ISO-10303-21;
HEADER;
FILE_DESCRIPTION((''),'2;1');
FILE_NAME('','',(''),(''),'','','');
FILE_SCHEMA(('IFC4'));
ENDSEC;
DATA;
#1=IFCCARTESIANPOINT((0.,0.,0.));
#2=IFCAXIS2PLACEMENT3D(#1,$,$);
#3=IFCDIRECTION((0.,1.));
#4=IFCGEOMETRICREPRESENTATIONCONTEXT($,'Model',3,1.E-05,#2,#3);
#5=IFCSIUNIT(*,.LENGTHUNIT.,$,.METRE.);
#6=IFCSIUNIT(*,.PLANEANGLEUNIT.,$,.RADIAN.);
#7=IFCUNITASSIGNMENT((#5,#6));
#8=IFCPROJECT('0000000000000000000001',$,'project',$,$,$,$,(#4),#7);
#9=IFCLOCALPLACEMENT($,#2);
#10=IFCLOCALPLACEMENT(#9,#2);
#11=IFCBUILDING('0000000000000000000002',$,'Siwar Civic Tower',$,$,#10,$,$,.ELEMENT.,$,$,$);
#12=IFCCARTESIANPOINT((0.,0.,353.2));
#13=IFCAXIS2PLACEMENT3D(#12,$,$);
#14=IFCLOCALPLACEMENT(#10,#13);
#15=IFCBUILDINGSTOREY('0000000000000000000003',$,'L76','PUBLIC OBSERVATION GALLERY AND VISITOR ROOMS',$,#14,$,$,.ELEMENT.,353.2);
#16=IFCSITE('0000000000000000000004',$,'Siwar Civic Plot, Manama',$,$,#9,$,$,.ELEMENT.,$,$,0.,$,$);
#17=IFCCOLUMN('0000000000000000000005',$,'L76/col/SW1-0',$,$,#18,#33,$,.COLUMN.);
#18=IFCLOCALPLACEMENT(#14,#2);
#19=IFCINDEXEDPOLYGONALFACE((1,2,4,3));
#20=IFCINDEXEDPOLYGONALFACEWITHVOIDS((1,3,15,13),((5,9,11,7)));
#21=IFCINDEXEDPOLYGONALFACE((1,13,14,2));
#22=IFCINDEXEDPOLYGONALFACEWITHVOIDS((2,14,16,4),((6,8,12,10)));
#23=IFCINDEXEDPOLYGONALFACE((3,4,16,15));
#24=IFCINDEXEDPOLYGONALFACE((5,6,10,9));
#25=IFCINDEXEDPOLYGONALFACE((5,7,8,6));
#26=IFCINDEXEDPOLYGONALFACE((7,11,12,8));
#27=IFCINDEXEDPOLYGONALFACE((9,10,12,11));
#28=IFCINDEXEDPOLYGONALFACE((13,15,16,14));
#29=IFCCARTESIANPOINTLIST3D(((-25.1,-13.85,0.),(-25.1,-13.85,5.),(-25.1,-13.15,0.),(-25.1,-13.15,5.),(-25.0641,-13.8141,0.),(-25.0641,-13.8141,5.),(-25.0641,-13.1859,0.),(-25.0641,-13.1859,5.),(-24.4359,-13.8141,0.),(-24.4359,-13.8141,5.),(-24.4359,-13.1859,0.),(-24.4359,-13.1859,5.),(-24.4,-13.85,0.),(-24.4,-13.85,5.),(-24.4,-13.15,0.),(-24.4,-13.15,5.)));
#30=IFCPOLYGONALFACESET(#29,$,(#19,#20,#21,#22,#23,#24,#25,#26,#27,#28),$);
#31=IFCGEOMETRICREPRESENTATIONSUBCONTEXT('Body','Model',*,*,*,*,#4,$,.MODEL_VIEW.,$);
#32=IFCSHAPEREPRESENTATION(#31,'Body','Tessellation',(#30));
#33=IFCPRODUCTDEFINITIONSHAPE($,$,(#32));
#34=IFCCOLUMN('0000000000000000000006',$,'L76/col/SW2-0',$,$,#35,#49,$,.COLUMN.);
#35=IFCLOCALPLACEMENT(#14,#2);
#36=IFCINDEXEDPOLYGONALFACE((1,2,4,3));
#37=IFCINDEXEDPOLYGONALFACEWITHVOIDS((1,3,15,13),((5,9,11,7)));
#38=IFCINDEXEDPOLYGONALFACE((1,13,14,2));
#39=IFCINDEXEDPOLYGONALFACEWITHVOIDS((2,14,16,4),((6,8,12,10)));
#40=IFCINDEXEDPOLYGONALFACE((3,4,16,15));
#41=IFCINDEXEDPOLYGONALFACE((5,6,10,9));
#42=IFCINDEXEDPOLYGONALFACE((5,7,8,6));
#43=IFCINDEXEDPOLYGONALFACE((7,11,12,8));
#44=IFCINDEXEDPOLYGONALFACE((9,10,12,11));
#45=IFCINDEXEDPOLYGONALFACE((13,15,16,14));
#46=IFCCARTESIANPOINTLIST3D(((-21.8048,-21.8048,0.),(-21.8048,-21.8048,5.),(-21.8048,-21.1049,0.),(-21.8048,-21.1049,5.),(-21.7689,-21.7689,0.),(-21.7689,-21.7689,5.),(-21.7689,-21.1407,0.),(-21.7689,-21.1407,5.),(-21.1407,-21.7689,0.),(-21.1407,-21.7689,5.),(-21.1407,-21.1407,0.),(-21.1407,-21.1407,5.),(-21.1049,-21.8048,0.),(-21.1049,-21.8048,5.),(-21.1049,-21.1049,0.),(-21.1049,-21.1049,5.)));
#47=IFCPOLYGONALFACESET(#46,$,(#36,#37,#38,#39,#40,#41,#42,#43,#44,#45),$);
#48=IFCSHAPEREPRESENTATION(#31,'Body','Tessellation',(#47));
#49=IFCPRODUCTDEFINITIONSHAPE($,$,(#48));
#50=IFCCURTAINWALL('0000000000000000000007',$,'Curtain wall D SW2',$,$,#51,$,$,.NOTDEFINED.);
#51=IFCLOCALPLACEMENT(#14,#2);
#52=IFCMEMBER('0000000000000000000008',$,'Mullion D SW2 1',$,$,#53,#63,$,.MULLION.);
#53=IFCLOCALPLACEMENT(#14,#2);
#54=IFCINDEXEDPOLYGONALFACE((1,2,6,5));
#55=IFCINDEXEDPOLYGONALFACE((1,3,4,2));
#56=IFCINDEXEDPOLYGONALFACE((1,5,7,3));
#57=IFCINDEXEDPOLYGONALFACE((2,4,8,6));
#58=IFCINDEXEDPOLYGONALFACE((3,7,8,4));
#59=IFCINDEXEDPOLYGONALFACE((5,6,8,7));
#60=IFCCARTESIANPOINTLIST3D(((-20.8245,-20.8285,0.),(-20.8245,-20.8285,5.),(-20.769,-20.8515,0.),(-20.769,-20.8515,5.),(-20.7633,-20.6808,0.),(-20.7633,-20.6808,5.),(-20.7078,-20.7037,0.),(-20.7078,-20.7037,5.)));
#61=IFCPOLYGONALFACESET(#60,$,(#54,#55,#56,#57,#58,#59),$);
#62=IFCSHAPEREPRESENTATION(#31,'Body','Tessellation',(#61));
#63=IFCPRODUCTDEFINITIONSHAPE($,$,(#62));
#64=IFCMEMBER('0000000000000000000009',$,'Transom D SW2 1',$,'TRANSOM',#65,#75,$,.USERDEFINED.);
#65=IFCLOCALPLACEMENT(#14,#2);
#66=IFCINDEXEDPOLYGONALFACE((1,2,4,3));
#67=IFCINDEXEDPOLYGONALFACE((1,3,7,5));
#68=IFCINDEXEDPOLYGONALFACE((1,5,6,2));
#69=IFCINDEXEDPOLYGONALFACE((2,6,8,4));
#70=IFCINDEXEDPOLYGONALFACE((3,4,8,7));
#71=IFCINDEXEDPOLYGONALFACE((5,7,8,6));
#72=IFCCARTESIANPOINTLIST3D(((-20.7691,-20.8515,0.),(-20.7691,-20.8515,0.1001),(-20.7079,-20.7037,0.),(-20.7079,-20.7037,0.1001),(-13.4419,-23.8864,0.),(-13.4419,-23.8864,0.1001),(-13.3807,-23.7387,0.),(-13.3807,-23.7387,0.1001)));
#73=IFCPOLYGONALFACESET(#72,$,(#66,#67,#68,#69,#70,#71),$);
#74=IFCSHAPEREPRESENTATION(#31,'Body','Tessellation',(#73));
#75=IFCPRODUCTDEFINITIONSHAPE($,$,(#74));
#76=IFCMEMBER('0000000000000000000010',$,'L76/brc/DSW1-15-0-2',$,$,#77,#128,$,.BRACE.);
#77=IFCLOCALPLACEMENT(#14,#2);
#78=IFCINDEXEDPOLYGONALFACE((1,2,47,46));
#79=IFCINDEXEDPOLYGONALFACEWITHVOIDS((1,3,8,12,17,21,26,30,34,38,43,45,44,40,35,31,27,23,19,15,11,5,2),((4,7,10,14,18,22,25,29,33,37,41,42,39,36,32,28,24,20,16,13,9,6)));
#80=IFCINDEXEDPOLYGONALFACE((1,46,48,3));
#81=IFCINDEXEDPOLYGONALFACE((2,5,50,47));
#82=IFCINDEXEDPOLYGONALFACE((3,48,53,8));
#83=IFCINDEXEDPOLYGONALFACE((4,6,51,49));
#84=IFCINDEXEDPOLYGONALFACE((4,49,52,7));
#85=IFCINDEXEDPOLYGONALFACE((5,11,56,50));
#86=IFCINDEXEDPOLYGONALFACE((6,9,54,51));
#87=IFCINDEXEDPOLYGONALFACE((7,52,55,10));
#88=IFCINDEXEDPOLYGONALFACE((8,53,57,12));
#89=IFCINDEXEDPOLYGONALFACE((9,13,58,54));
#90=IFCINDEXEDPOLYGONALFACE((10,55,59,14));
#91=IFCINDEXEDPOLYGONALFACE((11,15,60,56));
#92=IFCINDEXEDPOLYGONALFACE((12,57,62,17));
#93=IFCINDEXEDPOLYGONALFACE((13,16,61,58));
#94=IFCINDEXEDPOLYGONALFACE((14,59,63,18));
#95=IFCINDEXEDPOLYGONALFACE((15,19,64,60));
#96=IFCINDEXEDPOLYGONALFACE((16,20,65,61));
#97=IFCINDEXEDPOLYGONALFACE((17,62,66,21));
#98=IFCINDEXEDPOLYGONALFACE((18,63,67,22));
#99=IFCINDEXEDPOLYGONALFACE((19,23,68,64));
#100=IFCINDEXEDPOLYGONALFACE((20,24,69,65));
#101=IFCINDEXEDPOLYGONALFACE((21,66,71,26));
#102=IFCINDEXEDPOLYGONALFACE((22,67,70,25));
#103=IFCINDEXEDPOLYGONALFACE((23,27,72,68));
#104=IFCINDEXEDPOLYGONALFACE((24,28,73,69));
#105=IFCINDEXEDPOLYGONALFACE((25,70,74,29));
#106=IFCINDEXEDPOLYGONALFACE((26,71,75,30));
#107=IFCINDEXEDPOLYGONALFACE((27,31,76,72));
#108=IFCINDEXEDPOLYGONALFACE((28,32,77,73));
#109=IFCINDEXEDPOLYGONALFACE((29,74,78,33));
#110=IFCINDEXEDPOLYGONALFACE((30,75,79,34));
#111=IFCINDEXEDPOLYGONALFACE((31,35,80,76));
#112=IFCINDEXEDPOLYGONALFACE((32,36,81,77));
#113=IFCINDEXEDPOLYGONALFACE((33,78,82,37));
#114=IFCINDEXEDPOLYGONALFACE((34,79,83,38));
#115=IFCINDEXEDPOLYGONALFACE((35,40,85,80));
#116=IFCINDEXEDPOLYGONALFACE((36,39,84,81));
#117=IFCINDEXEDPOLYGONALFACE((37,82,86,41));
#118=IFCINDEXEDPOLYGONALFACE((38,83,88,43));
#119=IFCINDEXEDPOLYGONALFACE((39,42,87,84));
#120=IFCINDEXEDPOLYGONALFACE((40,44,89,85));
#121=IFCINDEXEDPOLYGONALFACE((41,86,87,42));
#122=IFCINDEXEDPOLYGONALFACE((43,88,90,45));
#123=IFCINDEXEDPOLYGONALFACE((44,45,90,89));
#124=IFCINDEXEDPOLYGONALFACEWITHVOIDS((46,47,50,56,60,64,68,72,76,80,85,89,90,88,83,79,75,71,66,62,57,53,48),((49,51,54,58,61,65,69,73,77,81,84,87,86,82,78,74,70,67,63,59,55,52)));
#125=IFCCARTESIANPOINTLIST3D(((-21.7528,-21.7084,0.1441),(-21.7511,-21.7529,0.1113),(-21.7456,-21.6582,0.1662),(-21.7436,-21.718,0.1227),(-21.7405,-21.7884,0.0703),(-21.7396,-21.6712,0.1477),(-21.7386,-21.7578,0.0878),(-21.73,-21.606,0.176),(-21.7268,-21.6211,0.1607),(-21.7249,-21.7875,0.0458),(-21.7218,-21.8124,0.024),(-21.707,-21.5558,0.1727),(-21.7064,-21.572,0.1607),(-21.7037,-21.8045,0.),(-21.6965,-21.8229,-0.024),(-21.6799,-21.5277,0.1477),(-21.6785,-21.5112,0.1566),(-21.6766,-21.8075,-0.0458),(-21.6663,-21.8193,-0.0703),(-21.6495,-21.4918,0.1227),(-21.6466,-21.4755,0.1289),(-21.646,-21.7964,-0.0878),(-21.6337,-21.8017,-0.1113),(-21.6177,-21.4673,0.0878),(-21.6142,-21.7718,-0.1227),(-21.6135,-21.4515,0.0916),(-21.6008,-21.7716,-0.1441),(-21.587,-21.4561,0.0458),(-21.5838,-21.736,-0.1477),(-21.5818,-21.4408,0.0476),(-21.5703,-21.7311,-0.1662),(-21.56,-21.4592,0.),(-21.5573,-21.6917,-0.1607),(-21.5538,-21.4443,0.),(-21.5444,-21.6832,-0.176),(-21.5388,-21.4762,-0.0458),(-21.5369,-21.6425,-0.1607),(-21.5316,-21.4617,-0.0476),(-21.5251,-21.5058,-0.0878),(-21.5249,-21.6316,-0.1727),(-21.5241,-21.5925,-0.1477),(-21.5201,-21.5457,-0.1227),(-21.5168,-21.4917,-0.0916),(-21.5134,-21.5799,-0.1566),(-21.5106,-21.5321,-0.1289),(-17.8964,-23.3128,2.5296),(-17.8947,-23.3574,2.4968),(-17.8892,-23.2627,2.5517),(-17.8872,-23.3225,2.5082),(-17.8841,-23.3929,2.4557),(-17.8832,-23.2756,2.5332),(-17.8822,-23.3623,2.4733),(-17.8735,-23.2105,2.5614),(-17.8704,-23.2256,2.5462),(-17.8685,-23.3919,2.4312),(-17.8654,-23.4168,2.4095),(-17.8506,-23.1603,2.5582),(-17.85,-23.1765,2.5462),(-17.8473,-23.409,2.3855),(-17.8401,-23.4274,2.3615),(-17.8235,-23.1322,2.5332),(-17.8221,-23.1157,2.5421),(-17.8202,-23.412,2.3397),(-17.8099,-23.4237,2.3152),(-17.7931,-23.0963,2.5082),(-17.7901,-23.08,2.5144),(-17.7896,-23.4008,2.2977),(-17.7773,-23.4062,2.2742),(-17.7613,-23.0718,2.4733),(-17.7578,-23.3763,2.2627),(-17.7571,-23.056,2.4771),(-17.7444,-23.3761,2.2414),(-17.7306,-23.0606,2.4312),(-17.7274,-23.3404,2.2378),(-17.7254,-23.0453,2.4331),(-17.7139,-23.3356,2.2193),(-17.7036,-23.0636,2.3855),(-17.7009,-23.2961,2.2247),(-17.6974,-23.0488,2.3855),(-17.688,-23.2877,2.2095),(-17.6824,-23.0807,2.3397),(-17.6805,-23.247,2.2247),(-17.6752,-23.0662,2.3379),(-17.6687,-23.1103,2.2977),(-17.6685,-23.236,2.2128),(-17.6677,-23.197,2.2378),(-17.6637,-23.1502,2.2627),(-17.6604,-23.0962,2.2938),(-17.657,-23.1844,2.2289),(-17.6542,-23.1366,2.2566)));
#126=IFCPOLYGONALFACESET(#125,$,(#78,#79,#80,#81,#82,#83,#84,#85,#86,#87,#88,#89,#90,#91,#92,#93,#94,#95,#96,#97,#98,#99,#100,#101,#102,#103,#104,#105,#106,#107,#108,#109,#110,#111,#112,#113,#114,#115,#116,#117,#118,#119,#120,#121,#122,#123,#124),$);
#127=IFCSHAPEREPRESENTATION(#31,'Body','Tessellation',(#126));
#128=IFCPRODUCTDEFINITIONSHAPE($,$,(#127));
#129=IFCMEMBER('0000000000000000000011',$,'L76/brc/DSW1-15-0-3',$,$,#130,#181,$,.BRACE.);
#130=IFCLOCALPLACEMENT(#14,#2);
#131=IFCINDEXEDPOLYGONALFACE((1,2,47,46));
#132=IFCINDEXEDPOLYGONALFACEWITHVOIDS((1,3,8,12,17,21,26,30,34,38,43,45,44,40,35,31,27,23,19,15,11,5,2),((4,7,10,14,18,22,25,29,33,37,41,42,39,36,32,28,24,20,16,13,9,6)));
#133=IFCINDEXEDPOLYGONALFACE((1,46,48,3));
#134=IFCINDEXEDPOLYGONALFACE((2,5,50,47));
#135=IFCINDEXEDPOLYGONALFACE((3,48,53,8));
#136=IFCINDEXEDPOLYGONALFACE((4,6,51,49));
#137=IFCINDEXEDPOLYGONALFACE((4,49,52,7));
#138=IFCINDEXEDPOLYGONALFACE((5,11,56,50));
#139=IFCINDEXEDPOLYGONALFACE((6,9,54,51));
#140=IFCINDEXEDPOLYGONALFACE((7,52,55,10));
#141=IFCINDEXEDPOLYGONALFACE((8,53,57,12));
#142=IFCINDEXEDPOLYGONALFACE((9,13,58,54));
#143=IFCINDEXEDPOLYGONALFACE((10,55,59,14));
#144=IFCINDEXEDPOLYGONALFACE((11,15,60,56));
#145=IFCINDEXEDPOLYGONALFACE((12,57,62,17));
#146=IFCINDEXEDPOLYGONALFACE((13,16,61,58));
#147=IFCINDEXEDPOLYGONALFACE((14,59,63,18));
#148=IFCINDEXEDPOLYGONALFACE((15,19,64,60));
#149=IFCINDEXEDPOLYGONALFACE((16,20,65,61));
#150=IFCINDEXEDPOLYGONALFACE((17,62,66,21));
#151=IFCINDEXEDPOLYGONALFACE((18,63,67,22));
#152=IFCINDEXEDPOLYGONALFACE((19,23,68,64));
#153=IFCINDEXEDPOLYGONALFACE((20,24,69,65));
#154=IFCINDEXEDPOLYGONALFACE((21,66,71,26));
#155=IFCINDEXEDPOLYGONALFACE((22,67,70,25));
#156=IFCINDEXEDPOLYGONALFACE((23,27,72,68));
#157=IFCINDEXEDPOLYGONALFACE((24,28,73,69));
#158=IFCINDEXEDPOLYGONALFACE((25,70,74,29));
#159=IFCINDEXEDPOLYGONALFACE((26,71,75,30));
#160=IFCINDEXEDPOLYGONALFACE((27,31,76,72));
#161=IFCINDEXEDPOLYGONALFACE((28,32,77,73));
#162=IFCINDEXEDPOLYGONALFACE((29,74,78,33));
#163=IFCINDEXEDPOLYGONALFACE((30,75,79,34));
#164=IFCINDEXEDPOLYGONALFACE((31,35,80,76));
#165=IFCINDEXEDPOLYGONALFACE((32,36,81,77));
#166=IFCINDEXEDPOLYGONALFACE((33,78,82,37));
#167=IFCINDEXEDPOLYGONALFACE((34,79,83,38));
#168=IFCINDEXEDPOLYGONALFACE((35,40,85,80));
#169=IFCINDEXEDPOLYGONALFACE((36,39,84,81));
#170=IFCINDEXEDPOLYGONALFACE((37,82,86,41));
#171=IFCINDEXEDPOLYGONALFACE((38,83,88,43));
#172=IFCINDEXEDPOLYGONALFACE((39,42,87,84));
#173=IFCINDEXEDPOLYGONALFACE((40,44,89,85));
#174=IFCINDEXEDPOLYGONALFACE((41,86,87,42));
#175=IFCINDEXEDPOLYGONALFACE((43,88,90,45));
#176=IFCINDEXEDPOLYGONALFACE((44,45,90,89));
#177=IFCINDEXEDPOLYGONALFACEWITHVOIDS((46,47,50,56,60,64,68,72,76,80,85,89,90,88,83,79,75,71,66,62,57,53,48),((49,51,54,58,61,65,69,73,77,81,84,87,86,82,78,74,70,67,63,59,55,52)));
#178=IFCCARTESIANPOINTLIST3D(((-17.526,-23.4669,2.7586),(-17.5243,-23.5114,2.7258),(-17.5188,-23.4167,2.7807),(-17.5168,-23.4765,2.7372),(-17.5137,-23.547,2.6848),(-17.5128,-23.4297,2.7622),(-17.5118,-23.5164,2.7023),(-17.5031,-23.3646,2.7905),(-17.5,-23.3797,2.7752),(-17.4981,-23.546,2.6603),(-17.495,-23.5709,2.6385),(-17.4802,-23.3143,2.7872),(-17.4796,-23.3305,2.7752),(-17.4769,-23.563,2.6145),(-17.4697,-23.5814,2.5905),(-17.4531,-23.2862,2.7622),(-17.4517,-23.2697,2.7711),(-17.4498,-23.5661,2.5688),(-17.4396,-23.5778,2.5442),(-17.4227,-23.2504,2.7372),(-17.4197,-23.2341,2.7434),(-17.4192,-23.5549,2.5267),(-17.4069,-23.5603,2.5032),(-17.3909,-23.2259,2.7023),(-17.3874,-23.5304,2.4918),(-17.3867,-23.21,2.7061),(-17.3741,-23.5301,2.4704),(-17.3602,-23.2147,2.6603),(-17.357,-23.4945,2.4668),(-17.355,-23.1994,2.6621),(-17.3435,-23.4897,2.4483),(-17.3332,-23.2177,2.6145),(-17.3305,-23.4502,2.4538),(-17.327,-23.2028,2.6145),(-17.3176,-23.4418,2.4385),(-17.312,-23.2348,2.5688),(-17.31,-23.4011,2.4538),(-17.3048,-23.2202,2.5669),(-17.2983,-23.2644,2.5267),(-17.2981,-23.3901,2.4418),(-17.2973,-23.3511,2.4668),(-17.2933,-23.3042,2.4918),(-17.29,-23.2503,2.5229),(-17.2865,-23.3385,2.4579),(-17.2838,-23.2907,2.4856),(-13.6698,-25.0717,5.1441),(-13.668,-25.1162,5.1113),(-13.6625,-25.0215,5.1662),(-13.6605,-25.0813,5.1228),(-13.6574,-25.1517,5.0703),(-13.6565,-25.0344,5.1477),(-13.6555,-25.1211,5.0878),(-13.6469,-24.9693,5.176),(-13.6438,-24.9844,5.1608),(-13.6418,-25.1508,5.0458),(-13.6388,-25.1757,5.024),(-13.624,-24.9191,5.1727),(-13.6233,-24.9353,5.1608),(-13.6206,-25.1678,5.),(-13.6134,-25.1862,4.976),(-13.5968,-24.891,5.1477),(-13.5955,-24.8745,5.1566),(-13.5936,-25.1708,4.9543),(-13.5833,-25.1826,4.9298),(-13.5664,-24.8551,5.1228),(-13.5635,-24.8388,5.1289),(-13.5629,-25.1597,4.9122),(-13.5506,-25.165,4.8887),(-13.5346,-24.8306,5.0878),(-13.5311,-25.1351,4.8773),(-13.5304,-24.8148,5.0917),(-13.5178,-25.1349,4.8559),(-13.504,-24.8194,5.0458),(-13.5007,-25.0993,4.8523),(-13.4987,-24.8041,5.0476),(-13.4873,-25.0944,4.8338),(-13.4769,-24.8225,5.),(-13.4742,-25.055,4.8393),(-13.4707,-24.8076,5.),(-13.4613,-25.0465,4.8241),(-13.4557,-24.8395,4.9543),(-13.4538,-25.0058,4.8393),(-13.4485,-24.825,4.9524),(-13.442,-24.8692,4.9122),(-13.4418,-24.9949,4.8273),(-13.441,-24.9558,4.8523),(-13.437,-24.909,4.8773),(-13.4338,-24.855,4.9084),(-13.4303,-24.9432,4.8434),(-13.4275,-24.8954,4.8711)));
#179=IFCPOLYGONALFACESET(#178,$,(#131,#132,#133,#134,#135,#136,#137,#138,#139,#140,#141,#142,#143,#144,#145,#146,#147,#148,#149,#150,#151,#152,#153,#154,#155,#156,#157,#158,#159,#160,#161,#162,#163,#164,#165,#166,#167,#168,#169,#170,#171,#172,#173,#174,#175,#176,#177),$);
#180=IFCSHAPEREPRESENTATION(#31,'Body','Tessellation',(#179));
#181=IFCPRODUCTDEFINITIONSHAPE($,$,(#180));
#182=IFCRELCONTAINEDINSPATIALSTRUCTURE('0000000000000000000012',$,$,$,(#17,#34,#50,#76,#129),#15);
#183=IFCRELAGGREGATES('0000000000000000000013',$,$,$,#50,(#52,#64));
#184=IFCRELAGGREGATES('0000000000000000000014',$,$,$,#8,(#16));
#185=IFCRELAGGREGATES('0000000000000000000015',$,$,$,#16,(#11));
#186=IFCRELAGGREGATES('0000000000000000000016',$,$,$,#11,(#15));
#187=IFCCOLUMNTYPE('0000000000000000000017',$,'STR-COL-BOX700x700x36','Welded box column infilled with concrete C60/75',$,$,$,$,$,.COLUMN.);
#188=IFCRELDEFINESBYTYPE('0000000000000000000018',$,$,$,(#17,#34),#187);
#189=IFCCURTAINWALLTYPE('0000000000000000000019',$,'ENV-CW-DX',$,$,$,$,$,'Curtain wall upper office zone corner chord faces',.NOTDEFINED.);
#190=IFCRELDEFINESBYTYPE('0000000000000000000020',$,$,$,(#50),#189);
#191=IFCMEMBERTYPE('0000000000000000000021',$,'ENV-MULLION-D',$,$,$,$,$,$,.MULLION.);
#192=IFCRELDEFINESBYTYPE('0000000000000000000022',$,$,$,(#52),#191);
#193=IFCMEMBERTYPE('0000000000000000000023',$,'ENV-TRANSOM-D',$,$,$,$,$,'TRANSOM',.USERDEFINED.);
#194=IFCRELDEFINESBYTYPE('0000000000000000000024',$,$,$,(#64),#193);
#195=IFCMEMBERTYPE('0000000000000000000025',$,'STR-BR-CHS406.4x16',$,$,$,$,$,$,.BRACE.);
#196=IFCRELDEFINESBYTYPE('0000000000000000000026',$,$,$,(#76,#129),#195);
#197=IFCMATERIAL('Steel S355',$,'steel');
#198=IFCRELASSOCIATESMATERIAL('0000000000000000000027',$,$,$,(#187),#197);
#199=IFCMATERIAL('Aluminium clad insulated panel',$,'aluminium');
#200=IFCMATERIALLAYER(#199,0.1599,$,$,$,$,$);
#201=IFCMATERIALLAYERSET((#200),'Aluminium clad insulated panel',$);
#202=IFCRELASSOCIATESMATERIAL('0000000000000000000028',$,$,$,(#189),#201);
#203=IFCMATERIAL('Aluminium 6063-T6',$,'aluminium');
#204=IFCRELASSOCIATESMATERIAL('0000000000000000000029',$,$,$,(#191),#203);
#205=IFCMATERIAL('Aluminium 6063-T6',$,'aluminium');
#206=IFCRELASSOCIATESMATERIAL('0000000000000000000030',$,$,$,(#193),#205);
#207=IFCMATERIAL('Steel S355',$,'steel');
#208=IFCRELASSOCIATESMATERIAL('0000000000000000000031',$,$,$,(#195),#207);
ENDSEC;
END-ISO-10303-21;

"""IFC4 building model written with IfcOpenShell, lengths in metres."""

from ifc_helpers import new_model, si_unit, direction, frame, origin, origin_2d, place, context, subcontext, project, spatial, rectangle, hollow_rectangle, hollow_circle, extrude, material, layer, layer_set, material_profile, profile_set, type_object, element, aggregate, save


model = new_model("IFC4")

# Units and contexts
model_context = context("Model", 3, precision=1e-05, world=origin(), true_north=direction((0.0, 1.0)))
body_context = subcontext(model_context, "Body", "Model", "MODEL_VIEW")
ifc_project = project(units=[si_unit("LENGTHUNIT", "METRE"), si_unit("PLANEANGLEUNIT", "RADIAN")], contexts=[model_context])

# Site, building, storey
site_placement = place(None, origin())
site = spatial("IfcSite", under=ifc_project, at=site_placement, Name="Siwar Civic Plot, Manama", CompositionType="ELEMENT", RefElevation=0.0)
building_placement = place(site_placement, origin())
building = spatial("IfcBuilding", under=site, at=building_placement, Name="Siwar Civic Tower", CompositionType="ELEMENT")
storey_placement = place(building_placement, frame((0.0, 0.0, 353.2)))
storey = spatial("IfcBuildingStorey", under=building, at=storey_placement, Name="L76", Description="PUBLIC OBSERVATION GALLERY AND VISITOR ROOMS", CompositionType="ELEMENT", Elevation=353.2)

# Columns
ifc_material_1 = material(Name="Steel S355", Category="steel")
ifc_material_profile_1 = material_profile(ifc_material_1, hollow_rectangle(XDim=0.7, YDim=0.7, WallThickness=0.0359, at=origin_2d()), Name="BOX700x700x36")
ifc_profile_set_1 = profile_set([ifc_material_profile_1], Name="Steel S355")
column_type = type_object("IfcColumnType", Name="STR-COL-BOX700x700x36", Description="Welded box column infilled with concrete C60/75", PredefinedType="COLUMN", material=ifc_profile_set_1)
for number, where, z_axis, x_axis, name in (
    (1, (-24.75, -13.5, 0.0), (0.0, 0.0, 1.0), (1.0, 0.0, 0.0), "L76/col/SW1-0"),
    (2, (-21.4548, -21.4548, 0.0), (0.0, 0.0, 1.0), (1.0, 0.0, 0.0), "L76/col/SW2-0"),
):
    element("IfcColumn", number, at=place(storey_placement, frame(where, z_axis=z_axis, x_axis=x_axis)), inside=storey, type_object=column_type, Name=name, PredefinedType="COLUMN", context=body_context, shape_type="SweptSolid", body=[
        extrude(hollow_rectangle(XDim=0.7, YDim=0.7, WallThickness=0.0359, at=origin_2d()), origin(), (0.0, 0.0, 1.0), 5.0),
    ])

# Curtain wall, members
ifc_material_2 = material(Name="Aluminium clad insulated panel", Category="aluminium")
ifc_layer_1 = layer(ifc_material_2, 0.1599)
ifc_layer_set_1 = layer_set([ifc_layer_1], Name="Aluminium clad insulated panel")
curtain_wall_type = type_object("IfcCurtainWallType", Name="ENV-CW-DX", ElementType="Curtain wall upper office zone corner chord faces", PredefinedType="NOTDEFINED", material=ifc_layer_set_1)
curtain_wall_1_placement = place(storey_placement, origin())
curtain_wall_1 = element("IfcCurtainWall", 3, at=curtain_wall_1_placement, inside=storey, type_object=curtain_wall_type, Name="Curtain wall D SW2", PredefinedType="NOTDEFINED")
ifc_material_3 = material(Name="Aluminium 6063-T6", Category="aluminium")
ifc_material_profile_2 = material_profile(ifc_material_3, rectangle(XDim=0.1599, YDim=0.0601, at=origin_2d()), Name="AL 160x60")
ifc_profile_set_2 = profile_set([ifc_material_profile_2], Name="Aluminium 6063-T6")
member_type_1 = type_object("IfcMemberType", Name="ENV-MULLION-D", PredefinedType="MULLION", material=ifc_profile_set_2)
member_1_placement = place(storey_placement, frame((-20.7661, -20.7661, 0.0), z_axis=(0.0, 0.0, 1.0), x_axis=(0.382683, 0.92388, 0.0)))
member_1 = element("IfcMember", 4, at=member_1_placement, type_object=member_type_1, Name="Mullion D SW2 1", PredefinedType="MULLION", context=body_context, shape_type="SweptSolid", body=[
    extrude(rectangle(XDim=0.1599, YDim=0.0601, at=origin_2d()), origin(), (0.0, 0.0, 1.0), 5.0),
])
ifc_material_4 = material(Name="Aluminium 6063-T6", Category="aluminium")
ifc_material_profile_3 = material_profile(ifc_material_4, rectangle(XDim=0.1599, YDim=0.1001, at=origin_2d()), Name="AL 160x100")
ifc_profile_set_3 = profile_set([ifc_material_profile_3], Name="Aluminium 6063-T6")
member_type_2 = type_object("IfcMemberType", Name="ENV-TRANSOM-D", ElementType="TRANSOM", PredefinedType="USERDEFINED", material=ifc_profile_set_3)
member_2_placement = place(storey_placement, frame((-20.7385, -20.7776, 0.05), z_axis=(0.923884, -0.382674, 0.0), x_axis=(0.382674, 0.923884, 0.0)))
member_2 = element("IfcMember", 5, at=member_2_placement, type_object=member_type_2, Name="Transom D SW2 1", ObjectType="TRANSOM", PredefinedType="USERDEFINED", context=body_context, shape_type="SweptSolid", body=[
    extrude(rectangle(XDim=0.1599, YDim=0.1001, at=origin_2d()), origin(), (0.0, 0.0, 1.0), 7.9309),
])

# Members
ifc_material_5 = material(Name="Steel S355", Category="steel")
ifc_material_profile_4 = material_profile(ifc_material_5, hollow_circle(Radius=0.2031, WallThickness=0.0161, at=origin_2d()), Name="CHS406.4x16")
ifc_profile_set_4 = profile_set([ifc_material_profile_4], Name="Steel S355")
member_type_3 = type_object("IfcMemberType", Name="STR-BR-CHS406.4x16", PredefinedType="BRACE", material=ifc_profile_set_4)
for number, where, z_axis, x_axis, name in (
    (6, (-21.6318, -21.6318, 0.0), (0.801737, -0.333567, 0.495934), (0.384134, 0.923277, 0.0), "L76/brc/DSW1-15-0-2"),
    (7, (-17.405, -23.3904, 2.6145), (0.801706, -0.333625, 0.495946), (0.384204, 0.923248, 0.0), "L76/brc/DSW1-15-0-3"),
):
    element("IfcMember", number, at=place(storey_placement, frame(where, z_axis=z_axis, x_axis=x_axis)), inside=storey, type_object=member_type_3, Name=name, PredefinedType="BRACE", context=body_context, shape_type="SweptSolid", body=[
        extrude(hollow_circle(Radius=0.2031, WallThickness=0.0161, at=origin_2d()), origin(), (0.0, 0.0, 1.0), 4.8101),
    ])

aggregate(curtain_wall_1, [member_1, member_2])

save(model, "model.ifc")
